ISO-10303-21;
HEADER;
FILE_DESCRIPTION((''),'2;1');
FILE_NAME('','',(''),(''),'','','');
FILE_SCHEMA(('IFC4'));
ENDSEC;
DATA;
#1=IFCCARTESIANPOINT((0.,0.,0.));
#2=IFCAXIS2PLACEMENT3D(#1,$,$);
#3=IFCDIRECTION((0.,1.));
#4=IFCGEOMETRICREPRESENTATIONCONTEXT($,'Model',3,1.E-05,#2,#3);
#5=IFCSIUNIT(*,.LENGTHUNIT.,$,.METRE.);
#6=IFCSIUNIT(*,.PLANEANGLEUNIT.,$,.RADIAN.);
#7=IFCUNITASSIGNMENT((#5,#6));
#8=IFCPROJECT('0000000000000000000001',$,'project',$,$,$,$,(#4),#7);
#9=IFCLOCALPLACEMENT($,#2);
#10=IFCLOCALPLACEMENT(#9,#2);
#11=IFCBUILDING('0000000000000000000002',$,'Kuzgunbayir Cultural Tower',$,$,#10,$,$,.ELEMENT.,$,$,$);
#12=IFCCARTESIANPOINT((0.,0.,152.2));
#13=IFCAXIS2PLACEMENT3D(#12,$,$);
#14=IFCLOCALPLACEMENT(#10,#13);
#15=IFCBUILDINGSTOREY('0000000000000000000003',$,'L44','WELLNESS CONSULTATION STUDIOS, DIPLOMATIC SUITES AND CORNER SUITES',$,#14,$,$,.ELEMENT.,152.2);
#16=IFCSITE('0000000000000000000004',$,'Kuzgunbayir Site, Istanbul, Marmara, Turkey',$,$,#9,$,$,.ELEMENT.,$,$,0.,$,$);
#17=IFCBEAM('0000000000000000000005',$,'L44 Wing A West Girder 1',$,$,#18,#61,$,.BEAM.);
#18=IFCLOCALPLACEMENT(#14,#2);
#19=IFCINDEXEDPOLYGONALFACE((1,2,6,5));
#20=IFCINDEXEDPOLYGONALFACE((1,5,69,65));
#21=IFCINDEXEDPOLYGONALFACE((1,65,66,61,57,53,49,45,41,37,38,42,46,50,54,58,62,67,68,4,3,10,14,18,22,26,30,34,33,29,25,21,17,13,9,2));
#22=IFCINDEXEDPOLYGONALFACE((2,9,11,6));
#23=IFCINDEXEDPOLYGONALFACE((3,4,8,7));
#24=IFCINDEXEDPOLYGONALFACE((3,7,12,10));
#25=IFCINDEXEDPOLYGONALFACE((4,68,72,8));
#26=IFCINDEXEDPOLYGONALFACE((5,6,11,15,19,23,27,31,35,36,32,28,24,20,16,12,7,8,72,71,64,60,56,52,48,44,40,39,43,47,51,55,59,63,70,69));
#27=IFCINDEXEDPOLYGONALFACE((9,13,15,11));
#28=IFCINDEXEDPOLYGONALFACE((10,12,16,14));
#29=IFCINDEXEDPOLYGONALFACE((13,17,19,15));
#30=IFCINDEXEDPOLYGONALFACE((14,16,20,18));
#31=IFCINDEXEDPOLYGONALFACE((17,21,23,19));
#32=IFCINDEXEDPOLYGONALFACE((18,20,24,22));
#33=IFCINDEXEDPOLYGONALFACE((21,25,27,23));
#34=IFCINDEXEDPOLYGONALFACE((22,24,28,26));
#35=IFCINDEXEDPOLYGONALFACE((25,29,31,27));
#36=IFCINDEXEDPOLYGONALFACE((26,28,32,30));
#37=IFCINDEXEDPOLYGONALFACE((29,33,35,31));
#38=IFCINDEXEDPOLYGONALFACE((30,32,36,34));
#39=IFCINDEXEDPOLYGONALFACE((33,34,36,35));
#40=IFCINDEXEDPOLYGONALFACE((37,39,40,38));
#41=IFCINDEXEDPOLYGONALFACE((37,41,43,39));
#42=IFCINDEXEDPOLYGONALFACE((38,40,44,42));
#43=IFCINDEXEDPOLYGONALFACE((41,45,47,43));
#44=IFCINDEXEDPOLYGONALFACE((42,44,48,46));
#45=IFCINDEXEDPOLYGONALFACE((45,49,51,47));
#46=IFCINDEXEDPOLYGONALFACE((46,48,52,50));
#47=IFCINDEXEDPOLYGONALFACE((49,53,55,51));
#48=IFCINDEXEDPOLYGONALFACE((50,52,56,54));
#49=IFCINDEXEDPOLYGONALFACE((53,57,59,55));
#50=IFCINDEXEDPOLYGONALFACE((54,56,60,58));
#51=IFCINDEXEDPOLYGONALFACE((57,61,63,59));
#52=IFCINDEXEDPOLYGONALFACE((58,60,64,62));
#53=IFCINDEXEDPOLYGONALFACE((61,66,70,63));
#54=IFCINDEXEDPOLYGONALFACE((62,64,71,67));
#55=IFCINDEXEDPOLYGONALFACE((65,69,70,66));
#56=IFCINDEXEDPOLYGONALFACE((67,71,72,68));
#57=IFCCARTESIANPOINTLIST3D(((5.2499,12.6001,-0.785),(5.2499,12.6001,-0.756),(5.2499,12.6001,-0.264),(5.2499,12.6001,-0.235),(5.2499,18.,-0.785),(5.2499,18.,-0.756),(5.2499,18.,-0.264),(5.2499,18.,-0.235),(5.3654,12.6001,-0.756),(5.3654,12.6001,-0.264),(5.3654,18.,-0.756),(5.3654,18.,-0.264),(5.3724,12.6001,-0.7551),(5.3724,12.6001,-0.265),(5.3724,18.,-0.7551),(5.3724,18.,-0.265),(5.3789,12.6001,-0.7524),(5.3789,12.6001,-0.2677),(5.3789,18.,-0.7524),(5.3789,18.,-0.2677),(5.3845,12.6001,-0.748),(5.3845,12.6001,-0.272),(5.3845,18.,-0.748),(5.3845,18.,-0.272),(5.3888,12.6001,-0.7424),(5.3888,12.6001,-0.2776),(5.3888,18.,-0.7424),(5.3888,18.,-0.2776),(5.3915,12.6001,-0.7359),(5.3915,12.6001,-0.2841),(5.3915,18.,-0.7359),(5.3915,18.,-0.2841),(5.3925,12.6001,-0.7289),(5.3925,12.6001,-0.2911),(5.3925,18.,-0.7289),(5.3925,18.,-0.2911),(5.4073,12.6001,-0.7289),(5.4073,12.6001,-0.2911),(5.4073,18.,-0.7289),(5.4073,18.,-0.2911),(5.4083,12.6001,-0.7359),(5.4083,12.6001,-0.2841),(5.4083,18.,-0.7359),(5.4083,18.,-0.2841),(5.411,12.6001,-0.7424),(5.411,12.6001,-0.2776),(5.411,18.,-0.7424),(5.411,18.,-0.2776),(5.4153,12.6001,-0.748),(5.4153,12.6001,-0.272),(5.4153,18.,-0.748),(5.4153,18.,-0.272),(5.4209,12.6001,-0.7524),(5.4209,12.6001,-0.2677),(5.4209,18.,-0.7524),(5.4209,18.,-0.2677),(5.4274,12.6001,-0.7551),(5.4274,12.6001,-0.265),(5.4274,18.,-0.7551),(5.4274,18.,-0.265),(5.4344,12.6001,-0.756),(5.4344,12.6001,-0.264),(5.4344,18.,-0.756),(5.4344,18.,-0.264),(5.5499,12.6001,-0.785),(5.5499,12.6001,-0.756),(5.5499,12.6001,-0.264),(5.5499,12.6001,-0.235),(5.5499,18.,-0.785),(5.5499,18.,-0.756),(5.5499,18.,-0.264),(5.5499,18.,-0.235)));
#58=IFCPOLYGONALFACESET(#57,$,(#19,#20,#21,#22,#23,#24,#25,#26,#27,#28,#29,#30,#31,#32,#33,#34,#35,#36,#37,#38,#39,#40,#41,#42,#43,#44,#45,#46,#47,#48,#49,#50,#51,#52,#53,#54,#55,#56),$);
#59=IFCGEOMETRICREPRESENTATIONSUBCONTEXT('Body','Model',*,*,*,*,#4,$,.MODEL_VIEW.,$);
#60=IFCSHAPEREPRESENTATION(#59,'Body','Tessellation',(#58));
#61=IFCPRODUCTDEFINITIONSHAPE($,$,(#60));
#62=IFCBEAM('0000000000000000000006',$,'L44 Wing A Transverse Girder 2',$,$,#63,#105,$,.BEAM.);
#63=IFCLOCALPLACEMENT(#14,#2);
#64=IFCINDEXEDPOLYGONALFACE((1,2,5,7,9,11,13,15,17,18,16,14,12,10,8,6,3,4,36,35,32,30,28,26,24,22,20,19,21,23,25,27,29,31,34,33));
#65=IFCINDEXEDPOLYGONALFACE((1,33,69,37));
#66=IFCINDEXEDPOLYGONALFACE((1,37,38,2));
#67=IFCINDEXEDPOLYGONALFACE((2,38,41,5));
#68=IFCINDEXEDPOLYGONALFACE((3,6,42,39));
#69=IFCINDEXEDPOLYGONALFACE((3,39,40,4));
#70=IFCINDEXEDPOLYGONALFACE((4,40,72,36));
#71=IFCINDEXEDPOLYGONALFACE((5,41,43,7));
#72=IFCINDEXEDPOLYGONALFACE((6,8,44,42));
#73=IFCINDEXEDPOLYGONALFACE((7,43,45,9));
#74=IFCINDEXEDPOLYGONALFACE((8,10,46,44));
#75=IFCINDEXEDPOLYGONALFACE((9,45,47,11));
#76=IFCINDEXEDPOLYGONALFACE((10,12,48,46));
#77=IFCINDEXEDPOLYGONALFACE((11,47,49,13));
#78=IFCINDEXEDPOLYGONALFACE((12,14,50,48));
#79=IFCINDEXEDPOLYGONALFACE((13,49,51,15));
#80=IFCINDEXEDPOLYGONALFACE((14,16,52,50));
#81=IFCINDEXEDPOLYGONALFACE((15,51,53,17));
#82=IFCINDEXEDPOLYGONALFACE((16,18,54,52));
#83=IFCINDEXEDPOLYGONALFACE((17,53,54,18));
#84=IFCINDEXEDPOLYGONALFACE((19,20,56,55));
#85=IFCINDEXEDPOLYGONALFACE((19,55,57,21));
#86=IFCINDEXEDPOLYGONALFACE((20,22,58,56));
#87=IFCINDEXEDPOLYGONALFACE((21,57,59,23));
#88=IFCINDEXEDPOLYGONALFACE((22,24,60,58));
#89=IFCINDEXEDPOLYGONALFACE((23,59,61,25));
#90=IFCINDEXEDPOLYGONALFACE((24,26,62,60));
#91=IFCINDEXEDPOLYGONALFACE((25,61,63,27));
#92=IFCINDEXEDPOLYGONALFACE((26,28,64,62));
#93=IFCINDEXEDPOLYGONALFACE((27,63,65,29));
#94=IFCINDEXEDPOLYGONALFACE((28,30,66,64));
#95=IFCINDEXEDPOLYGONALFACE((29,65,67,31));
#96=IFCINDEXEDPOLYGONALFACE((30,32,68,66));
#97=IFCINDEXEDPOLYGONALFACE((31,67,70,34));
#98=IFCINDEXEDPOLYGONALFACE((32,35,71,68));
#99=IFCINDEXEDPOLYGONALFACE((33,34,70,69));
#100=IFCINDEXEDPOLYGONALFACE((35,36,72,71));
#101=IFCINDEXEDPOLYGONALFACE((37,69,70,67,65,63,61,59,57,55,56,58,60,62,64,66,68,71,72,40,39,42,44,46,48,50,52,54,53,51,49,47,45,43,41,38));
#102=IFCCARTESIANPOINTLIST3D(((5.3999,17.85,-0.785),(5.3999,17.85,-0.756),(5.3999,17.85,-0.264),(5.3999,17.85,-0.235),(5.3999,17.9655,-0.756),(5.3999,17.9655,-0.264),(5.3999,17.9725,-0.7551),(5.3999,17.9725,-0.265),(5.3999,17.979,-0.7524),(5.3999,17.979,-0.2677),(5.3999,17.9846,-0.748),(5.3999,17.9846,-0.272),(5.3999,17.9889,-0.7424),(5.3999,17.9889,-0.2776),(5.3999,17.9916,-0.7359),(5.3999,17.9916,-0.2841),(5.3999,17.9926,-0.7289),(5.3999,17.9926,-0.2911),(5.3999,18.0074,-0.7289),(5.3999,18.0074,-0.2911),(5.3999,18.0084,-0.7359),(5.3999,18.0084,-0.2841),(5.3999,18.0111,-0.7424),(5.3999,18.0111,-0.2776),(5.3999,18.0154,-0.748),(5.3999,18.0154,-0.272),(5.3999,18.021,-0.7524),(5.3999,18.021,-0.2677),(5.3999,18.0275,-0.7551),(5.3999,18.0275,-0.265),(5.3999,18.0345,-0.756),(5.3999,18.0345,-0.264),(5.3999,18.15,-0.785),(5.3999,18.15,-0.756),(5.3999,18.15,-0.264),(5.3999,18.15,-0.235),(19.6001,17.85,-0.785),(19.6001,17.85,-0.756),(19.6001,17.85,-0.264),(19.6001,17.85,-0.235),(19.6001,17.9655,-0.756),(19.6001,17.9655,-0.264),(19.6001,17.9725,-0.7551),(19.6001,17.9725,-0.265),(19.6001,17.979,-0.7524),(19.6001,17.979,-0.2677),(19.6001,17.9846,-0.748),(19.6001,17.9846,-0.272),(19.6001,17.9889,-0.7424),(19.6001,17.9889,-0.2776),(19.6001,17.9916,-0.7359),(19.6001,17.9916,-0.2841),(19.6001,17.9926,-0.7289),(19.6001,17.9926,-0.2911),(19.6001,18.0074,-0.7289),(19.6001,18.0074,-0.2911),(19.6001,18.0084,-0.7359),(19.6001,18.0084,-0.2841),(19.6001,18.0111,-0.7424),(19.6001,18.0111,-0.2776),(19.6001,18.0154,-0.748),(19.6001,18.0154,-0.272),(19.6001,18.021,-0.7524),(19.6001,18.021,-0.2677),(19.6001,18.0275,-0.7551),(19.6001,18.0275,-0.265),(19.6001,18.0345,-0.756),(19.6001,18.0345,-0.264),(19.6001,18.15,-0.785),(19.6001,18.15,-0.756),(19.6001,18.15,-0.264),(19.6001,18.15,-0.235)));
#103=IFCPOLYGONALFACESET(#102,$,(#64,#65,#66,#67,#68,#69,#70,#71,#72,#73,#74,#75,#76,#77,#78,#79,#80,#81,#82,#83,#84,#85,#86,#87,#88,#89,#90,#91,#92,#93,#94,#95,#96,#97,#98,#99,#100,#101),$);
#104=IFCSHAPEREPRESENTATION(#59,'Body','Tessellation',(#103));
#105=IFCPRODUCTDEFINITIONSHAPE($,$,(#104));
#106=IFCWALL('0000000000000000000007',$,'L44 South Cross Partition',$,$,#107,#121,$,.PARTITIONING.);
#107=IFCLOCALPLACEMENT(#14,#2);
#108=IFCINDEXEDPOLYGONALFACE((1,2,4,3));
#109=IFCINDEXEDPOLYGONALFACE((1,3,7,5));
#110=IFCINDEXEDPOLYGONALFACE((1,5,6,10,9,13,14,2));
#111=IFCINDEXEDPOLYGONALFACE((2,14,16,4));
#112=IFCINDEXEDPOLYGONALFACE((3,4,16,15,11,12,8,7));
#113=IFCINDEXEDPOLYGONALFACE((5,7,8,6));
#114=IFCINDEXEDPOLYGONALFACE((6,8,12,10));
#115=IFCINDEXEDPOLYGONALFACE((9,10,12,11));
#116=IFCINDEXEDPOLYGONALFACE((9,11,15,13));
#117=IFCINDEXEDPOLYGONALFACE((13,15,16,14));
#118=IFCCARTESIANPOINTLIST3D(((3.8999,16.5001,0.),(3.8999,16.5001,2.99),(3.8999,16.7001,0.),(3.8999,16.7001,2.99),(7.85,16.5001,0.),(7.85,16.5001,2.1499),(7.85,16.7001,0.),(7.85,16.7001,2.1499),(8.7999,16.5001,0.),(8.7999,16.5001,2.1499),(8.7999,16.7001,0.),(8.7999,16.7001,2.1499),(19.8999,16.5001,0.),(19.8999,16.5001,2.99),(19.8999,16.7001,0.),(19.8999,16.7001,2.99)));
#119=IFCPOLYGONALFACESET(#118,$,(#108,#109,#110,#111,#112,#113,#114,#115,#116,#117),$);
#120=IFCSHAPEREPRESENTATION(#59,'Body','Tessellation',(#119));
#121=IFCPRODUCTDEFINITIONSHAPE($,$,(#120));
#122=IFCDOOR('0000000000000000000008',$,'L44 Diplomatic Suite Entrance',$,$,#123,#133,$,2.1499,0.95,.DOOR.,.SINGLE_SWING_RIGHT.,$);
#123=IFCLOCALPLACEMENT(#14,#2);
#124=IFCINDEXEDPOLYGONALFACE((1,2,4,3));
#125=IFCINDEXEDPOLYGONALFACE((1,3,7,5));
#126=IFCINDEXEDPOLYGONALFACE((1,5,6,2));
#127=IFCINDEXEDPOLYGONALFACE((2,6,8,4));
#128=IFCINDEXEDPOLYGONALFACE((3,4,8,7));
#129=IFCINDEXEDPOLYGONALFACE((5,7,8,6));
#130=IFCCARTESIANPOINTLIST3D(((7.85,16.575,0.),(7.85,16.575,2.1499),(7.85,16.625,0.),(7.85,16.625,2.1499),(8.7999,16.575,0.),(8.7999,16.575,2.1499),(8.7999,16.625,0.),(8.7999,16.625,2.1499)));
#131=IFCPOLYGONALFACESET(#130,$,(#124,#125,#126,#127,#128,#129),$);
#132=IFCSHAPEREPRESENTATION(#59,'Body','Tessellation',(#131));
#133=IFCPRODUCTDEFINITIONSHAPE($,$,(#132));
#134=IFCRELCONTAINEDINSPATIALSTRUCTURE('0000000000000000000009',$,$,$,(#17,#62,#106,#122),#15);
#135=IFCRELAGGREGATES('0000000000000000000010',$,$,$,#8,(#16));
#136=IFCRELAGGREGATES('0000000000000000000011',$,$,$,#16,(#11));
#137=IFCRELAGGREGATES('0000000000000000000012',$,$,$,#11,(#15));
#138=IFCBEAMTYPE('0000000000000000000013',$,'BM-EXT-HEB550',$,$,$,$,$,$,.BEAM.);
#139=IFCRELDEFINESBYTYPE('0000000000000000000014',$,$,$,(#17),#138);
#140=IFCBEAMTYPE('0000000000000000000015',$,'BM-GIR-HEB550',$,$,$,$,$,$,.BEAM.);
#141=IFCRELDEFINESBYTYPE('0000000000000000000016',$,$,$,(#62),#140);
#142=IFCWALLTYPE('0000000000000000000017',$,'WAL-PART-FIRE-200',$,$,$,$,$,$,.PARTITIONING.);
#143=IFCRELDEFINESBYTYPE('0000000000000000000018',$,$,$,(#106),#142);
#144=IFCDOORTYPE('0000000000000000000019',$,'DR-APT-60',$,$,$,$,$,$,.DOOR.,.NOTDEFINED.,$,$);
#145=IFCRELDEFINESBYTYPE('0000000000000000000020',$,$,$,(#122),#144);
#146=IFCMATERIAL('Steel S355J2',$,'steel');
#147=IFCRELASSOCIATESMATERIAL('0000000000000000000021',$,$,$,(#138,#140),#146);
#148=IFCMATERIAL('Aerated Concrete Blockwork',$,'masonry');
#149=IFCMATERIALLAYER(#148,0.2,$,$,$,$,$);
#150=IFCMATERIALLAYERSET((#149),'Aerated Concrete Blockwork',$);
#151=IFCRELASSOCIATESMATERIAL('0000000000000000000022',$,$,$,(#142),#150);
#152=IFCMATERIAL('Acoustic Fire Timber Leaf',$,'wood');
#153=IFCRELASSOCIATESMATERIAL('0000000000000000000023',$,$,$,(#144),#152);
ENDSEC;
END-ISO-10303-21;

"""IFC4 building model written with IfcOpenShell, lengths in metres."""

from ifc_helpers import new_model, si_unit, direction, frame, frame_2d, origin, origin_2d, place, context, subcontext, project, spatial, rectangle, i_section, extrude, material, layer, layer_set, material_profile, profile_set, type_object, element, fill, save


model = new_model("IFC4")

# Units and contexts
model_context = context("Model", 3, precision=1e-05, world=origin(), true_north=direction((0.0, 1.0)))
body_context = subcontext(model_context, "Body", "Model", "MODEL_VIEW")
ifc_project = project(units=[si_unit("LENGTHUNIT", "METRE"), si_unit("PLANEANGLEUNIT", "RADIAN")], contexts=[model_context])

# Site, building, storey
site_placement = place(None, origin())
site = spatial("IfcSite", under=ifc_project, at=site_placement, Name="Kuzgunbayir Site, Istanbul, Marmara, Turkey", CompositionType="ELEMENT", RefElevation=0.0)
building_placement = place(site_placement, origin())
building = spatial("IfcBuilding", under=site, at=building_placement, Name="Kuzgunbayir Cultural Tower", CompositionType="ELEMENT")
storey_placement = place(building_placement, frame((0.0, 0.0, 152.2)))
storey = spatial("IfcBuildingStorey", under=building, at=storey_placement, Name="L44", Description="WELLNESS CONSULTATION STUDIOS, DIPLOMATIC SUITES AND CORNER SUITES", CompositionType="ELEMENT", Elevation=152.2)

# Beams
ifc_material_1 = material(Name="Steel S355J2", Category="steel")
ifc_material_profile_1 = material_profile(ifc_material_1, i_section(OverallWidth=0.3, OverallDepth=0.55, WebThickness=0.0149, FlangeThickness=0.0291, FilletRadius=0.0271, at=origin_2d()), Name="HEB 550")
ifc_profile_set_1 = profile_set([ifc_material_profile_1], Name="Steel S355J2")
beam_type_1 = type_object("IfcBeamType", Name="BM-EXT-HEB550", PredefinedType="BEAM", material=ifc_profile_set_1)
beam_1_placement = place(storey_placement, frame((5.3999, 12.6001, -0.51), z_axis=(0.0, 1.0, 0.0), x_axis=(-1.0, 0.0, 0.0)))
element("IfcBeam", 1, at=beam_1_placement, inside=storey, type_object=beam_type_1, Name="L44 Wing A West Girder 1", PredefinedType="BEAM", context=body_context, shape_type="SweptSolid", body=[
    extrude(i_section(OverallWidth=0.3, OverallDepth=0.55, WebThickness=0.0149, FlangeThickness=0.0291, FilletRadius=0.0271, at=origin_2d()), origin(), (0.0, 0.0, 1.0), 5.3999),
])
ifc_material_profile_2 = material_profile(ifc_material_1, i_section(OverallWidth=0.3, OverallDepth=0.55, WebThickness=0.0149, FlangeThickness=0.0291, FilletRadius=0.0271, at=origin_2d()), Name="HEB 550")
ifc_profile_set_2 = profile_set([ifc_material_profile_2], Name="Steel S355J2")
beam_type_2 = type_object("IfcBeamType", Name="BM-GIR-HEB550", PredefinedType="BEAM", material=ifc_profile_set_2)
beam_2_placement = place(storey_placement, frame((5.3999, 18.0, -0.51), z_axis=(1.0, 0.0, 0.0), x_axis=(0.0, 1.0, 0.0)))
element("IfcBeam", 2, at=beam_2_placement, inside=storey, type_object=beam_type_2, Name="L44 Wing A Transverse Girder 2", PredefinedType="BEAM", context=body_context, shape_type="SweptSolid", body=[
    extrude(i_section(OverallWidth=0.3, OverallDepth=0.55, WebThickness=0.0149, FlangeThickness=0.0291, FilletRadius=0.0271, at=origin_2d()), origin(), (0.0, 0.0, 1.0), 14.2002),
])

# Shared definitions
ifc_material_2 = material(Name="Aerated Concrete Blockwork", Category="masonry")
ifc_layer_1 = layer(ifc_material_2, 0.2)
ifc_layer_set_1 = layer_set([ifc_layer_1], Name="Aerated Concrete Blockwork")
wall_type = type_object("IfcWallType", Name="WAL-PART-FIRE-200", PredefinedType="PARTITIONING", material=ifc_layer_set_1)
ifc_material_3 = material(Name="Acoustic Fire Timber Leaf", Category="wood")
door_type_1 = type_object("IfcDoorType", Name="DR-APT-60", OperationType="NOTDEFINED", PredefinedType="DOOR", material=ifc_material_3)

# Wall, opening, door
wall_1_placement = place(storey_placement, frame((3.8999, 16.6001, 0.0), z_axis=(0.0, 0.0, 1.0), x_axis=(1.0, 0.0, 0.0)))
wall_1 = element("IfcWall", 3, at=wall_1_placement, inside=storey, type_object=wall_type, Name="L44 South Cross Partition", PredefinedType="PARTITIONING", context=body_context, shape_type="SweptSolid", body=[
    extrude(rectangle(XDim=16.0, YDim=0.2, at=frame_2d((8.0, 0.0))), origin(), (0.0, 0.0, 1.0), 2.99),
])
opening_1_placement = place(wall_1_placement, frame((3.95, 0.0, 0.0)))
opening_1 = element("IfcOpeningElement", 4, at=opening_1_placement, cuts=wall_1, PredefinedType="OPENING", context=body_context, shape_type="SweptSolid", body=[
    extrude(rectangle(XDim=0.95, YDim=2.1499, at=frame_2d((0.4751, 1.075))), frame((0.0, 0.1099, 0.0), z_axis=(0.0, -1.0, 0.0), x_axis=(1.0, 0.0, 0.0)), (0.0, 0.0, 1.0), 0.22),
])
door_1_placement = place(opening_1_placement, origin())
door_1 = element("IfcDoor", 5, at=door_1_placement, inside=storey, type_object=door_type_1, Name="L44 Diplomatic Suite Entrance", OperationType="SINGLE_SWING_RIGHT", OverallHeight=2.1499, OverallWidth=0.95, PredefinedType="DOOR", context=body_context, shape_type="SweptSolid", body=[
    extrude(rectangle(XDim=0.95, YDim=2.1499, at=frame_2d((0.4751, 1.075))), frame((0.0, 0.0249, 0.0), z_axis=(0.0, -1.0, 0.0), x_axis=(1.0, 0.0, 0.0)), (0.0, 0.0, 1.0), 0.05),
])
fill(opening_1, door_1)

save(model, "model.ifc")
